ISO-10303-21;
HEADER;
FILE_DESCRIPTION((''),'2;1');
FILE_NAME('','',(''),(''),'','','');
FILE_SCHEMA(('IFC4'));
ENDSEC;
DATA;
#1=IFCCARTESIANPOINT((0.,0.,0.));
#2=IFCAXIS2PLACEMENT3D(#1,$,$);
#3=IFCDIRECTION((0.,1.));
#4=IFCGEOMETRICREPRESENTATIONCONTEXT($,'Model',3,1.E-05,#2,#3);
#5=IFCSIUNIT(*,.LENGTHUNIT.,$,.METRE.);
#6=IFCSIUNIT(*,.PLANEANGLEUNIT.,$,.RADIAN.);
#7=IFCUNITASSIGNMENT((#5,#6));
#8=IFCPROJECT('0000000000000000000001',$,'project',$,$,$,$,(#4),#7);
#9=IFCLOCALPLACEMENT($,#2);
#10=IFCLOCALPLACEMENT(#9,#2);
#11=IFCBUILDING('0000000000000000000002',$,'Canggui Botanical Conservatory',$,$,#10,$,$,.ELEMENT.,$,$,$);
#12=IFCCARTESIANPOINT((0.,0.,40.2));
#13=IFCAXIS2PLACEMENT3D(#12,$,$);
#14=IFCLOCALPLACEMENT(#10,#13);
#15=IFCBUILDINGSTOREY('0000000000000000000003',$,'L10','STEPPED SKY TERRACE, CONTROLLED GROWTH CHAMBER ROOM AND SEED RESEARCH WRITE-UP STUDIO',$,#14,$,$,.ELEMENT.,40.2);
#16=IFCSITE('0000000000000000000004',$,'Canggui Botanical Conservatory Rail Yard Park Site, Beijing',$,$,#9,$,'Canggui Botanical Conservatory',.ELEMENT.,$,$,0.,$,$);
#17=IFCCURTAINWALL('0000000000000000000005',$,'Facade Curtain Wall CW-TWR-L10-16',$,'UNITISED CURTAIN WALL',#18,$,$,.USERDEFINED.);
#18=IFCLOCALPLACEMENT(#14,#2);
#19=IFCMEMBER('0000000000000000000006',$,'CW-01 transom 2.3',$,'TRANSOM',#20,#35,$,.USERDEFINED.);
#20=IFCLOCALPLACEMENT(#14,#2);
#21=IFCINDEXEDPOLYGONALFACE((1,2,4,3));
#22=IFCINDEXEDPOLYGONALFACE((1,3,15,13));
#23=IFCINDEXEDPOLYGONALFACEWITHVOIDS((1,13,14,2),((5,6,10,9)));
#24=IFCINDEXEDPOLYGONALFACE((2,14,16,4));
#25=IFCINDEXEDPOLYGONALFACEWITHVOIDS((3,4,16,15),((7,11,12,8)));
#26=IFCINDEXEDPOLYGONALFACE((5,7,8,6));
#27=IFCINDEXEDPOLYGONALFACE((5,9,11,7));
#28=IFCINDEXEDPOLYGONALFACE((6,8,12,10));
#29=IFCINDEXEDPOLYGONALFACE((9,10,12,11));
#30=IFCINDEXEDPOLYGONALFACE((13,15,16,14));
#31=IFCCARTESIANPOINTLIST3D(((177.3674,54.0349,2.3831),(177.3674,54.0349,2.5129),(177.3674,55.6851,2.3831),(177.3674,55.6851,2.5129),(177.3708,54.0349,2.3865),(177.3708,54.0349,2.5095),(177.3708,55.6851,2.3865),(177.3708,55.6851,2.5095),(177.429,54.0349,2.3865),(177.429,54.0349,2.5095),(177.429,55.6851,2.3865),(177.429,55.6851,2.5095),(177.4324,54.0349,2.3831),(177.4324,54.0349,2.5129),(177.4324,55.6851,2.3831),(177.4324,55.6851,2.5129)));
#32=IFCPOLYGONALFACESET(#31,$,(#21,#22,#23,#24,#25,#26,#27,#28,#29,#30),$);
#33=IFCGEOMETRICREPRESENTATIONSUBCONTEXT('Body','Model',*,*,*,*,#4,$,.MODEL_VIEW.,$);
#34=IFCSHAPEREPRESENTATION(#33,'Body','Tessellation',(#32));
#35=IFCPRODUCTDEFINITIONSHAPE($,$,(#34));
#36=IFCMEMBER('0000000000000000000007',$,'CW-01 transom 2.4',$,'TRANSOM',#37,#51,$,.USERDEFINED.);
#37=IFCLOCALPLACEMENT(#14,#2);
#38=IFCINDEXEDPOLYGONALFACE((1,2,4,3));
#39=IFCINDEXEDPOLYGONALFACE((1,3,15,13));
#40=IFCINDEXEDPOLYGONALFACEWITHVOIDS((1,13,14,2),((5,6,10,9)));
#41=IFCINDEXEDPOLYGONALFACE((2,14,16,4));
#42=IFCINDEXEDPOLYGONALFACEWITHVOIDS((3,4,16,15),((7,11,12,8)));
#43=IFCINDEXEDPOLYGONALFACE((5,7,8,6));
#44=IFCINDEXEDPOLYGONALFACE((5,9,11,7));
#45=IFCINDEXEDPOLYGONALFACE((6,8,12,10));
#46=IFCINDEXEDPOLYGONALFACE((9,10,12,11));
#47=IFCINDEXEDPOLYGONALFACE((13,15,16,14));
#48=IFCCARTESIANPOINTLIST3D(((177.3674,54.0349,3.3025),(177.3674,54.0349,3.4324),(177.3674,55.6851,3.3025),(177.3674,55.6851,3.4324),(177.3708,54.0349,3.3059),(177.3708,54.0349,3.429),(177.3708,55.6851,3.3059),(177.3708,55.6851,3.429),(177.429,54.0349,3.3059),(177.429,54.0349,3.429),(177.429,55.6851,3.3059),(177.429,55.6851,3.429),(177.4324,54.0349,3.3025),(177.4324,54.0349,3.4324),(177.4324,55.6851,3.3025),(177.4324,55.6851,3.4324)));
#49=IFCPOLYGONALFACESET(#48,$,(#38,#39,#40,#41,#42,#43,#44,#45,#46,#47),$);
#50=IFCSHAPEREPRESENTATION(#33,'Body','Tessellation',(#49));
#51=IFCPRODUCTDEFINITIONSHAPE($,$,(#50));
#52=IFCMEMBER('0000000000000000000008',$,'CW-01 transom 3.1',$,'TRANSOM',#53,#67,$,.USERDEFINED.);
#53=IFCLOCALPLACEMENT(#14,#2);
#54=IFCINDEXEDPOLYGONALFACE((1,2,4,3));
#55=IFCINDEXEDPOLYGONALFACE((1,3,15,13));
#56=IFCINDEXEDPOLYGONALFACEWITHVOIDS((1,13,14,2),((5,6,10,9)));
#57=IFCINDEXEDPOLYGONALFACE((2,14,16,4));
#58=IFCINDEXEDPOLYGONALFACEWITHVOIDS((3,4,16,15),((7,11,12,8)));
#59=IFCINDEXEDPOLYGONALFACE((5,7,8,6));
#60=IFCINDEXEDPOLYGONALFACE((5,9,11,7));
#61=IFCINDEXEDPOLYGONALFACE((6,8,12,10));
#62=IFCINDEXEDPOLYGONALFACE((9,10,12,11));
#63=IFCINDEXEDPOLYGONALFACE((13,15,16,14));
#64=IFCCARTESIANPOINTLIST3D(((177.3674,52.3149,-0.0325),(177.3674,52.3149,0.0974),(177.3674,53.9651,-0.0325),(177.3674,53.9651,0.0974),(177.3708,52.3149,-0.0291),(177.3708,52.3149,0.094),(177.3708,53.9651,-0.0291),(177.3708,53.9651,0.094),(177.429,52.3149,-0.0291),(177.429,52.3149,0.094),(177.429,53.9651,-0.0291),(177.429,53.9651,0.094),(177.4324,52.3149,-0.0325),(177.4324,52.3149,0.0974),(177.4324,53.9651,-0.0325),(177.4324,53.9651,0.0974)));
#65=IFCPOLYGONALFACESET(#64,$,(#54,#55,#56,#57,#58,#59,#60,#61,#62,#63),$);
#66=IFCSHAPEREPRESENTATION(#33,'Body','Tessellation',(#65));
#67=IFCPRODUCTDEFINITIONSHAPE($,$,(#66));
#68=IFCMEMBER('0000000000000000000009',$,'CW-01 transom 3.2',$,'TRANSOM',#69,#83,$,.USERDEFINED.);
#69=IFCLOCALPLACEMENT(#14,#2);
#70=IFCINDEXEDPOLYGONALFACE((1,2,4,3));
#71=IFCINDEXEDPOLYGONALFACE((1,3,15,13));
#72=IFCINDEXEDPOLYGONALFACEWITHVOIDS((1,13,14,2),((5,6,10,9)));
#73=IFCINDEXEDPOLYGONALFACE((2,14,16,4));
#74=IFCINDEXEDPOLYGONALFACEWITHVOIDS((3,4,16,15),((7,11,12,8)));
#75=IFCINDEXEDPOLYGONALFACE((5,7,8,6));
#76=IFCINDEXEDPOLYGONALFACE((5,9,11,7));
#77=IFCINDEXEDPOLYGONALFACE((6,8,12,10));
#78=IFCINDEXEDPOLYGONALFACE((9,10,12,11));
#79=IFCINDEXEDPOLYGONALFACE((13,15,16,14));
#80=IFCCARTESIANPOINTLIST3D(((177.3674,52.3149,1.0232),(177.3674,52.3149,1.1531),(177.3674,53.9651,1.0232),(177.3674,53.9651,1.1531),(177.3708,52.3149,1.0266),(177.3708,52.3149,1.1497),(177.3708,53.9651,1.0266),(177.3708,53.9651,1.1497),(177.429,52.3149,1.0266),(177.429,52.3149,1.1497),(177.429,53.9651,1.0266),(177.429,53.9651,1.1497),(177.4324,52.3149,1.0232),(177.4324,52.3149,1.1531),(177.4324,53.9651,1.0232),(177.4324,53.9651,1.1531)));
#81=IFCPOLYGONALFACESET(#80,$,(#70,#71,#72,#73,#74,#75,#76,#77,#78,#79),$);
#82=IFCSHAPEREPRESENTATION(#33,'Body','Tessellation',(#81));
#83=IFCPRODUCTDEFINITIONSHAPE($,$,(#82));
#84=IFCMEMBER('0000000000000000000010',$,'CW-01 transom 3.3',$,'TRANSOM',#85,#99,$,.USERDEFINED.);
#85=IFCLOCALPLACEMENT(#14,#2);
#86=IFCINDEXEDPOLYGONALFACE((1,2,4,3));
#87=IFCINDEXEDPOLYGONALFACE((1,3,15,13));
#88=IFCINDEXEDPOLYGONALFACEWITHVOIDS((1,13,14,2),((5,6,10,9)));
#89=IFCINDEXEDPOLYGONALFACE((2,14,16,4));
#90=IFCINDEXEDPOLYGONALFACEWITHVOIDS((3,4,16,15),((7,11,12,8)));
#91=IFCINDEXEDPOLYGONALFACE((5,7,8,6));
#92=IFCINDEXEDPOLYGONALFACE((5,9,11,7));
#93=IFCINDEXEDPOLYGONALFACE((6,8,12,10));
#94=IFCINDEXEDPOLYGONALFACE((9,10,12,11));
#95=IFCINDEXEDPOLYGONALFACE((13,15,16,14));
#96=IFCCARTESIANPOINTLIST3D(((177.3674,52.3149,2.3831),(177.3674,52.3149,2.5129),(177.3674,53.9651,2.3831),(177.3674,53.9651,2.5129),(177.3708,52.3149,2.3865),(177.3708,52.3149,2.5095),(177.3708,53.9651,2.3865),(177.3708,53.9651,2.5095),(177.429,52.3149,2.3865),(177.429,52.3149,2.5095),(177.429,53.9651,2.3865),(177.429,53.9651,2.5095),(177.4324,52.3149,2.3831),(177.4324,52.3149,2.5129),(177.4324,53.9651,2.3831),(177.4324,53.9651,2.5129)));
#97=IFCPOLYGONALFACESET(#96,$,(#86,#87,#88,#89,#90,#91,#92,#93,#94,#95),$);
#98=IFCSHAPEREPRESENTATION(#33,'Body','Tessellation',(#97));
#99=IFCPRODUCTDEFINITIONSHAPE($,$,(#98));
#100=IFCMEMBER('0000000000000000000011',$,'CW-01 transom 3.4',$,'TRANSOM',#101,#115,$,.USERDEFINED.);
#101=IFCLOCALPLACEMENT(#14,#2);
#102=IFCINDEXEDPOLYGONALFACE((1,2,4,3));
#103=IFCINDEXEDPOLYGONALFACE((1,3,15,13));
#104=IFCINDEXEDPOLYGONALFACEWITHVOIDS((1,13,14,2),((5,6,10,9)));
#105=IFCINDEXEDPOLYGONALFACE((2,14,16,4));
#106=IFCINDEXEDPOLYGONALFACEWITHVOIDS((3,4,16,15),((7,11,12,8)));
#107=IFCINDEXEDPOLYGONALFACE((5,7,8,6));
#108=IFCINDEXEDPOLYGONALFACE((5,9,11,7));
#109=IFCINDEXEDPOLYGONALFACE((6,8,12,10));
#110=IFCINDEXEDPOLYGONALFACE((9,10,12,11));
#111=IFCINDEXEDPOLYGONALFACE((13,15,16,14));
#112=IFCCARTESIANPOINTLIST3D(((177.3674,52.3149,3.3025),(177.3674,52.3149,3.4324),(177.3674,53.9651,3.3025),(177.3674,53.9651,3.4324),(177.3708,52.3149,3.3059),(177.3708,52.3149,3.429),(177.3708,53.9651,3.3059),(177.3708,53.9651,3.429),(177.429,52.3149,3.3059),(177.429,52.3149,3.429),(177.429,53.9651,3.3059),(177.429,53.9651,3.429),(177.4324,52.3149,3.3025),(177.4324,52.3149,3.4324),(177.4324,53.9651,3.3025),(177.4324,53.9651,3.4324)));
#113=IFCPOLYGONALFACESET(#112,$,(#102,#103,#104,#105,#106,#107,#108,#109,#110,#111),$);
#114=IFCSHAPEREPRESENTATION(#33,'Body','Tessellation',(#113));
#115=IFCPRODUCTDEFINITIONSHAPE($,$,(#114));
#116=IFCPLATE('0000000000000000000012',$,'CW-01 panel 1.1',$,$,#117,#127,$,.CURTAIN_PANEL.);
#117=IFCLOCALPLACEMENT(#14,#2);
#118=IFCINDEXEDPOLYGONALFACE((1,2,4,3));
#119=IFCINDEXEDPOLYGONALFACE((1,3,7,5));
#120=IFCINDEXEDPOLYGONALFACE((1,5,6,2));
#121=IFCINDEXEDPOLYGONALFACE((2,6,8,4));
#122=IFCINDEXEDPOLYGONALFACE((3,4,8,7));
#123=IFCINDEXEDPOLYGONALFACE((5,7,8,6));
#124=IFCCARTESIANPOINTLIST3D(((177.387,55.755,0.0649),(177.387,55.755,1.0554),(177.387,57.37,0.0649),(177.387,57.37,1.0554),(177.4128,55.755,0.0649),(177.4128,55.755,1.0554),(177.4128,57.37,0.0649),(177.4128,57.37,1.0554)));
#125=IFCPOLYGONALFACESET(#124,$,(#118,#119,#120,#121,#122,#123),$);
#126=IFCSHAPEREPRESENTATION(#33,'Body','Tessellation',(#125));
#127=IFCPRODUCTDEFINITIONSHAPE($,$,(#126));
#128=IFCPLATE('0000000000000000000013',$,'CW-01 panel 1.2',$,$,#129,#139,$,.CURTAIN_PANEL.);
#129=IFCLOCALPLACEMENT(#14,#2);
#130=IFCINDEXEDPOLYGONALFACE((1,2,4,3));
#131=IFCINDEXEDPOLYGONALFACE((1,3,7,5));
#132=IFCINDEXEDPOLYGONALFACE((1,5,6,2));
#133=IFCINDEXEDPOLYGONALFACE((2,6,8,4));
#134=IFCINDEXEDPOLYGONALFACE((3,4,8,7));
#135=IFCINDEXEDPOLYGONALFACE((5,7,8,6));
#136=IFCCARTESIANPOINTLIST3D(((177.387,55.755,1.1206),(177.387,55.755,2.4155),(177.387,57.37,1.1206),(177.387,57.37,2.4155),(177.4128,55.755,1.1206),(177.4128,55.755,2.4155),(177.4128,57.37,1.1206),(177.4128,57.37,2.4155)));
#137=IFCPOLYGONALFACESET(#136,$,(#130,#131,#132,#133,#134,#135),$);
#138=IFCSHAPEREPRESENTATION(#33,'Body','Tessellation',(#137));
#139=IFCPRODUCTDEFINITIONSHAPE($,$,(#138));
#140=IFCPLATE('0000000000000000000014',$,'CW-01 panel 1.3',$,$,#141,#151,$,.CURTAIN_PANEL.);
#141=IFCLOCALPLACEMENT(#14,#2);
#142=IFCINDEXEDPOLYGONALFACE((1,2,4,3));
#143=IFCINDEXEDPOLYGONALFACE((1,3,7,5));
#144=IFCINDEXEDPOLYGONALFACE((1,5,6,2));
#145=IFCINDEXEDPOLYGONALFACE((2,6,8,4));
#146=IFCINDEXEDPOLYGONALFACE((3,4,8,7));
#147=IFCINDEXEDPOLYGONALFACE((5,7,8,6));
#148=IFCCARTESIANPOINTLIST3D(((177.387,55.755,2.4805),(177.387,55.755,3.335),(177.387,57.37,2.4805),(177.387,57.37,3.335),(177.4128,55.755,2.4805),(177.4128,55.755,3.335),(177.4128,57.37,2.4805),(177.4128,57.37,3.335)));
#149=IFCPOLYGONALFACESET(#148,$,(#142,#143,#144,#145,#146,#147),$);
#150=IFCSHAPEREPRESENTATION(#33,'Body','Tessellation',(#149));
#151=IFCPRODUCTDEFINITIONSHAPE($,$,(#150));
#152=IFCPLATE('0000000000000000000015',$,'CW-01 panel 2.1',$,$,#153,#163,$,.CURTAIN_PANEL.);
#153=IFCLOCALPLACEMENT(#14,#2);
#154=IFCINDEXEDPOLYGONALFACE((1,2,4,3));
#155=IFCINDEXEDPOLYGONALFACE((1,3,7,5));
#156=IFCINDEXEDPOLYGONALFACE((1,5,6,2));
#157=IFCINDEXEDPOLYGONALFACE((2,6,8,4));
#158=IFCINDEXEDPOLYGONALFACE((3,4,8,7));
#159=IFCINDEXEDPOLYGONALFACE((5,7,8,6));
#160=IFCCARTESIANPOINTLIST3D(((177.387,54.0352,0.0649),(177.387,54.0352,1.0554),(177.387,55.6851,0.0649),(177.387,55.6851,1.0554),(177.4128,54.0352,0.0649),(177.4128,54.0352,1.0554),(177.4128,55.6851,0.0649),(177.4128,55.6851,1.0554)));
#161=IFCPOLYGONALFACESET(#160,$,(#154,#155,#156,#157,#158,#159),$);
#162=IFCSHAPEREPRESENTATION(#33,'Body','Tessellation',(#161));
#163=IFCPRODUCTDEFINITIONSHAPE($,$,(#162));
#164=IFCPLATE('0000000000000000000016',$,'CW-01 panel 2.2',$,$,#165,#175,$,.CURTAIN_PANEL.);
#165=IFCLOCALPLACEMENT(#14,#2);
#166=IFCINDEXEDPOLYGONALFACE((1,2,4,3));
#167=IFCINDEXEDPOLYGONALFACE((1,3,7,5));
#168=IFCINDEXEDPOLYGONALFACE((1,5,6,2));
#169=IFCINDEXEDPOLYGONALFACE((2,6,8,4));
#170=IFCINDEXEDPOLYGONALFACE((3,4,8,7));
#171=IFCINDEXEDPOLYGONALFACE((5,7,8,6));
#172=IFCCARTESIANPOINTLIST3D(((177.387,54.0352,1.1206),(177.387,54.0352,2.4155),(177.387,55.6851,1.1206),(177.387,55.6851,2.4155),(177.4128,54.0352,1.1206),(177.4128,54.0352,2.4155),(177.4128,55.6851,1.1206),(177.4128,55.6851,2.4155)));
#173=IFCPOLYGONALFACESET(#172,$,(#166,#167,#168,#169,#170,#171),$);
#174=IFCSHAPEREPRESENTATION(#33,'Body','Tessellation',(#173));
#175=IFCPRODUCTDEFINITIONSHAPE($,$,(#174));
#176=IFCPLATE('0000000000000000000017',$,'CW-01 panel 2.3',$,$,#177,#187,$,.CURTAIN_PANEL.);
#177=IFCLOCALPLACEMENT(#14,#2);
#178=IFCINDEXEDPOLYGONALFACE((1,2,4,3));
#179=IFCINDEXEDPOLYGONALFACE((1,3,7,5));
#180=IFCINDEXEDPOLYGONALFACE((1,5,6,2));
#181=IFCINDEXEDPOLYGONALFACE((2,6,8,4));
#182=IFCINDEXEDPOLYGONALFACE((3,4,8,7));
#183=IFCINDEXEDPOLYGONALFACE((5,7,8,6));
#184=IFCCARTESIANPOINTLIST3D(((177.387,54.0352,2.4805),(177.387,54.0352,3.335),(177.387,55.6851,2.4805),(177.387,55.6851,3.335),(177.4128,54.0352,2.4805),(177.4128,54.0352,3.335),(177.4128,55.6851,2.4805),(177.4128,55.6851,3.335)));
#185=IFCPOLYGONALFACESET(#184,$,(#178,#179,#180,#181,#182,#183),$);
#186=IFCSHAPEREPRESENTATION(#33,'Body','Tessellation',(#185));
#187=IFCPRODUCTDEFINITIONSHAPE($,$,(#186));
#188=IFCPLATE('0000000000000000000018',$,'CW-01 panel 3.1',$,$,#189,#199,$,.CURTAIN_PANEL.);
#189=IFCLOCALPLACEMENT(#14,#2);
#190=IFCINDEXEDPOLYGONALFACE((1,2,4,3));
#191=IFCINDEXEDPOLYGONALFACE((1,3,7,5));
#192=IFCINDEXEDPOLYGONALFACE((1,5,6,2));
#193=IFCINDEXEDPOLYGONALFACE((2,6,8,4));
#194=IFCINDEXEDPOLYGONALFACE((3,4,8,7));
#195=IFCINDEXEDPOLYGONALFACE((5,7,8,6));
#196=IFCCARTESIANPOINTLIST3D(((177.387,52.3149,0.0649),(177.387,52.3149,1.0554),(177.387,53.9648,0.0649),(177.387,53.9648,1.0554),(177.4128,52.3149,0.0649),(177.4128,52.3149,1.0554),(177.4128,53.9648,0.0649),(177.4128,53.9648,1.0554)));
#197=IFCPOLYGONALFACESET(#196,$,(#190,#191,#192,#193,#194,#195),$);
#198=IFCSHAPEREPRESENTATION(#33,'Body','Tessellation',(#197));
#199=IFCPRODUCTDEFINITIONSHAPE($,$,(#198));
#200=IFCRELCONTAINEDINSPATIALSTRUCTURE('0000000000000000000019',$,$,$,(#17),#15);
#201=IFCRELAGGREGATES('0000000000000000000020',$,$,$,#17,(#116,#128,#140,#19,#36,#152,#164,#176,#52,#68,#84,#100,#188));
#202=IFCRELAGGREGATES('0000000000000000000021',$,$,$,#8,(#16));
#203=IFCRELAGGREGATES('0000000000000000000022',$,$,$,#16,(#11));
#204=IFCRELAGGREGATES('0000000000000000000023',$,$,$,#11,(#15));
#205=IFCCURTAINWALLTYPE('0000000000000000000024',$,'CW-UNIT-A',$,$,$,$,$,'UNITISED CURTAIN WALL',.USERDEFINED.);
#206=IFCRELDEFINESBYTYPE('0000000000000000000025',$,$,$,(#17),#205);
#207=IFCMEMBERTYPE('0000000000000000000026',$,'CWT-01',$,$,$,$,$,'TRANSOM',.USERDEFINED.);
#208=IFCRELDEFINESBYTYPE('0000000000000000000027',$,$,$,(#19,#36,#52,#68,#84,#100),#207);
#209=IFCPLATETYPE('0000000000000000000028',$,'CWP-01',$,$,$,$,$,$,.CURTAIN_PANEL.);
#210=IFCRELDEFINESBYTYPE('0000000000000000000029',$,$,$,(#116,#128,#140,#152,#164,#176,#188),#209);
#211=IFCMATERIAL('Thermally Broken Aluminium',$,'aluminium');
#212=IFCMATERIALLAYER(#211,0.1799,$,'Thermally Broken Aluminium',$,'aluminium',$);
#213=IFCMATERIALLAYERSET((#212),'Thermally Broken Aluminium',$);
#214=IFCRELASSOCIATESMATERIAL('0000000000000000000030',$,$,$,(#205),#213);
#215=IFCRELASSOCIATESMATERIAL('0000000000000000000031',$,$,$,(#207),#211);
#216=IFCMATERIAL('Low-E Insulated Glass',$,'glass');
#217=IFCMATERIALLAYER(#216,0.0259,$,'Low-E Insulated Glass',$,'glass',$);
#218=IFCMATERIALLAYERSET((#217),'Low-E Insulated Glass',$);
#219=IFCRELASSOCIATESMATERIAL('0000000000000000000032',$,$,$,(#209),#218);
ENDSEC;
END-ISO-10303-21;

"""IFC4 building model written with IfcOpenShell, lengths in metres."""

from ifc_helpers import new_model, si_unit, direction, frame, origin, origin_2d, place, context, subcontext, project, spatial, rectangle, hollow_rectangle, extrude, material, layer, layer_set, material_profile, profile_set, type_object, element, aggregate, save


model = new_model("IFC4")

# Units and contexts
model_context = context("Model", 3, precision=1e-05, world=origin(), true_north=direction((0.0, 1.0)))
body_context = subcontext(model_context, "Body", "Model", "MODEL_VIEW")
ifc_project = project(units=[si_unit("LENGTHUNIT", "METRE"), si_unit("PLANEANGLEUNIT", "RADIAN")], contexts=[model_context])

# Site, building, storey
site_placement = place(None, origin())
site = spatial("IfcSite", under=ifc_project, at=site_placement, Name="Canggui Botanical Conservatory Rail Yard Park Site, Beijing", LongName="Canggui Botanical Conservatory", CompositionType="ELEMENT", RefElevation=0.0)
building_placement = place(site_placement, origin())
building = spatial("IfcBuilding", under=site, at=building_placement, Name="Canggui Botanical Conservatory", CompositionType="ELEMENT")
storey_placement = place(building_placement, frame((0.0, 0.0, 40.2)))
storey = spatial("IfcBuildingStorey", under=building, at=storey_placement, Name="L10", Description="STEPPED SKY TERRACE, CONTROLLED GROWTH CHAMBER ROOM AND SEED RESEARCH WRITE-UP STUDIO", CompositionType="ELEMENT", Elevation=40.2)

# Curtain wall, members, plates
ifc_material_1 = material(Name="Thermally Broken Aluminium", Category="aluminium")
ifc_layer_1 = layer(ifc_material_1, 0.1799, Name="Thermally Broken Aluminium", Category="aluminium")
ifc_layer_set_1 = layer_set([ifc_layer_1], Name="Thermally Broken Aluminium")
curtain_wall_type = type_object("IfcCurtainWallType", Name="CW-UNIT-A", ElementType="UNITISED CURTAIN WALL", PredefinedType="USERDEFINED", material=ifc_layer_set_1)
curtain_wall_placement = place(storey_placement, origin())
curtain_wall = element("IfcCurtainWall", 1, at=curtain_wall_placement, inside=storey, type_object=curtain_wall_type, Name="Facade Curtain Wall CW-TWR-L10-16", ObjectType="UNITISED CURTAIN WALL", PredefinedType="USERDEFINED")
ifc_material_profile_1 = material_profile(ifc_material_1, hollow_rectangle(XDim=0.0649, YDim=0.1299, WallThickness=0.0034, at=origin_2d()), Name="CWT 65x130x3.5")
ifc_profile_set_1 = profile_set([ifc_material_profile_1], Name="Thermally Broken Aluminium")
member_type_1 = type_object("IfcMemberType", Name="CWT-01", ElementType="TRANSOM", PredefinedType="USERDEFINED", material=ifc_profile_set_1)
member_1_placement = place(storey_placement, frame((177.3999, 55.6851, 2.448), z_axis=(0.0, -1.0, 0.0), x_axis=(1.0, 0.0, 0.0)))
member_1 = element("IfcMember", 2, at=member_1_placement, type_object=member_type_1, Name="CW-01 transom 2.3", ObjectType="TRANSOM", PredefinedType="USERDEFINED", context=body_context, shape_type="SweptSolid", body=[
    extrude(hollow_rectangle(XDim=0.0649, YDim=0.1299, WallThickness=0.0034, at=origin_2d()), origin(), (0.0, 0.0, 1.0), 1.6501),
])
member_2_placement = place(storey_placement, frame((177.3999, 55.6851, 3.3674), z_axis=(0.0, -1.0, 0.0), x_axis=(1.0, 0.0, 0.0)))
member_2 = element("IfcMember", 3, at=member_2_placement, type_object=member_type_1, Name="CW-01 transom 2.4", ObjectType="TRANSOM", PredefinedType="USERDEFINED", context=body_context, shape_type="SweptSolid", body=[
    extrude(hollow_rectangle(XDim=0.0649, YDim=0.1299, WallThickness=0.0034, at=origin_2d()), origin(), (0.0, 0.0, 1.0), 1.6501),
])
member_3_placement = place(storey_placement, frame((177.3999, 53.9651, 0.0325), z_axis=(0.0, -1.0, 0.0), x_axis=(1.0, 0.0, 0.0)))
member_3 = element("IfcMember", 4, at=member_3_placement, type_object=member_type_1, Name="CW-01 transom 3.1", ObjectType="TRANSOM", PredefinedType="USERDEFINED", context=body_context, shape_type="SweptSolid", body=[
    extrude(hollow_rectangle(XDim=0.0649, YDim=0.1299, WallThickness=0.0034, at=origin_2d()), origin(), (0.0, 0.0, 1.0), 1.6501),
])
member_4_placement = place(storey_placement, frame((177.3999, 53.9651, 1.0881), z_axis=(0.0, -1.0, 0.0), x_axis=(1.0, 0.0, 0.0)))
member_4 = element("IfcMember", 5, at=member_4_placement, type_object=member_type_1, Name="CW-01 transom 3.2", ObjectType="TRANSOM", PredefinedType="USERDEFINED", context=body_context, shape_type="SweptSolid", body=[
    extrude(hollow_rectangle(XDim=0.0649, YDim=0.1299, WallThickness=0.0034, at=origin_2d()), origin(), (0.0, 0.0, 1.0), 1.6501),
])
member_5_placement = place(storey_placement, frame((177.3999, 53.9651, 2.448), z_axis=(0.0, -1.0, 0.0), x_axis=(1.0, 0.0, 0.0)))
member_5 = element("IfcMember", 6, at=member_5_placement, type_object=member_type_1, Name="CW-01 transom 3.3", ObjectType="TRANSOM", PredefinedType="USERDEFINED", context=body_context, shape_type="SweptSolid", body=[
    extrude(hollow_rectangle(XDim=0.0649, YDim=0.1299, WallThickness=0.0034, at=origin_2d()), origin(), (0.0, 0.0, 1.0), 1.6501),
])
member_6_placement = place(storey_placement, frame((177.3999, 53.9651, 3.3674), z_axis=(0.0, -1.0, 0.0), x_axis=(1.0, 0.0, 0.0)))
member_6 = element("IfcMember", 7, at=member_6_placement, type_object=member_type_1, Name="CW-01 transom 3.4", ObjectType="TRANSOM", PredefinedType="USERDEFINED", context=body_context, shape_type="SweptSolid", body=[
    extrude(hollow_rectangle(XDim=0.0649, YDim=0.1299, WallThickness=0.0034, at=origin_2d()), origin(), (0.0, 0.0, 1.0), 1.6501),
])
ifc_material_2 = material(Name="Low-E Insulated Glass", Category="glass")
ifc_layer_2 = layer(ifc_material_2, 0.0259, Name="Low-E Insulated Glass", Category="glass")
ifc_layer_set_2 = layer_set([ifc_layer_2], Name="Low-E Insulated Glass")
plate_type = type_object("IfcPlateType", Name="CWP-01", PredefinedType="CURTAIN_PANEL", material=ifc_layer_set_2)
plate_1_placement = place(storey_placement, frame((177.3999, 56.5625, 0.0649), z_axis=(0.0, 0.0, 1.0), x_axis=(0.0, -1.0, 0.0)))
plate_1 = element("IfcPlate", 8, at=plate_1_placement, type_object=plate_type, Name="CW-01 panel 1.1", PredefinedType="CURTAIN_PANEL", context=body_context, shape_type="SweptSolid", body=[
    extrude(rectangle(XDim=1.615, YDim=0.0259, at=origin_2d()), origin(), (0.0, 0.0, 1.0), 0.9905),
])
plate_2_placement = place(storey_placement, frame((177.3999, 56.5625, 1.1206), z_axis=(0.0, 0.0, 1.0), x_axis=(0.0, -1.0, 0.0)))
plate_2 = element("IfcPlate", 9, at=plate_2_placement, type_object=plate_type, Name="CW-01 panel 1.2", PredefinedType="CURTAIN_PANEL", context=body_context, shape_type="SweptSolid", body=[
    extrude(rectangle(XDim=1.615, YDim=0.0259, at=origin_2d()), origin(), (0.0, 0.0, 1.0), 1.2949),
])
plate_3_placement = place(storey_placement, frame((177.3999, 56.5625, 2.4805), z_axis=(0.0, 0.0, 1.0), x_axis=(0.0, -1.0, 0.0)))
plate_3 = element("IfcPlate", 10, at=plate_3_placement, type_object=plate_type, Name="CW-01 panel 1.3", PredefinedType="CURTAIN_PANEL", context=body_context, shape_type="SweptSolid", body=[
    extrude(rectangle(XDim=1.615, YDim=0.0259, at=origin_2d()), origin(), (0.0, 0.0, 1.0), 0.8545),
])
plate_4_placement = place(storey_placement, frame((177.3999, 54.8601, 0.0649), z_axis=(0.0, 0.0, 1.0), x_axis=(0.0, -1.0, 0.0)))
plate_4 = element("IfcPlate", 11, at=plate_4_placement, type_object=plate_type, Name="CW-01 panel 2.1", PredefinedType="CURTAIN_PANEL", context=body_context, shape_type="SweptSolid", body=[
    extrude(rectangle(XDim=1.6499, YDim=0.0259, at=origin_2d()), origin(), (0.0, 0.0, 1.0), 0.9905),
])
plate_5_placement = place(storey_placement, frame((177.3999, 54.8601, 1.1206), z_axis=(0.0, 0.0, 1.0), x_axis=(0.0, -1.0, 0.0)))
plate_5 = element("IfcPlate", 12, at=plate_5_placement, type_object=plate_type, Name="CW-01 panel 2.2", PredefinedType="CURTAIN_PANEL", context=body_context, shape_type="SweptSolid", body=[
    extrude(rectangle(XDim=1.6499, YDim=0.0259, at=origin_2d()), origin(), (0.0, 0.0, 1.0), 1.2949),
])
plate_6_placement = place(storey_placement, frame((177.3999, 54.8601, 2.4805), z_axis=(0.0, 0.0, 1.0), x_axis=(0.0, -1.0, 0.0)))
plate_6 = element("IfcPlate", 13, at=plate_6_placement, type_object=plate_type, Name="CW-01 panel 2.3", PredefinedType="CURTAIN_PANEL", context=body_context, shape_type="SweptSolid", body=[
    extrude(rectangle(XDim=1.6499, YDim=0.0259, at=origin_2d()), origin(), (0.0, 0.0, 1.0), 0.8545),
])
plate_7_placement = place(storey_placement, frame((177.3999, 53.1399, 0.0649), z_axis=(0.0, 0.0, 1.0), x_axis=(0.0, -1.0, 0.0)))
plate_7 = element("IfcPlate", 14, at=plate_7_placement, type_object=plate_type, Name="CW-01 panel 3.1", PredefinedType="CURTAIN_PANEL", context=body_context, shape_type="SweptSolid", body=[
    extrude(rectangle(XDim=1.6499, YDim=0.0259, at=origin_2d()), origin(), (0.0, 0.0, 1.0), 0.9905),
])
aggregate(curtain_wall, [plate_1, plate_2, plate_3, member_1, member_2, plate_4, plate_5, plate_6, member_3, member_4, member_5, member_6, plate_7])

save(model, "model.ifc")
